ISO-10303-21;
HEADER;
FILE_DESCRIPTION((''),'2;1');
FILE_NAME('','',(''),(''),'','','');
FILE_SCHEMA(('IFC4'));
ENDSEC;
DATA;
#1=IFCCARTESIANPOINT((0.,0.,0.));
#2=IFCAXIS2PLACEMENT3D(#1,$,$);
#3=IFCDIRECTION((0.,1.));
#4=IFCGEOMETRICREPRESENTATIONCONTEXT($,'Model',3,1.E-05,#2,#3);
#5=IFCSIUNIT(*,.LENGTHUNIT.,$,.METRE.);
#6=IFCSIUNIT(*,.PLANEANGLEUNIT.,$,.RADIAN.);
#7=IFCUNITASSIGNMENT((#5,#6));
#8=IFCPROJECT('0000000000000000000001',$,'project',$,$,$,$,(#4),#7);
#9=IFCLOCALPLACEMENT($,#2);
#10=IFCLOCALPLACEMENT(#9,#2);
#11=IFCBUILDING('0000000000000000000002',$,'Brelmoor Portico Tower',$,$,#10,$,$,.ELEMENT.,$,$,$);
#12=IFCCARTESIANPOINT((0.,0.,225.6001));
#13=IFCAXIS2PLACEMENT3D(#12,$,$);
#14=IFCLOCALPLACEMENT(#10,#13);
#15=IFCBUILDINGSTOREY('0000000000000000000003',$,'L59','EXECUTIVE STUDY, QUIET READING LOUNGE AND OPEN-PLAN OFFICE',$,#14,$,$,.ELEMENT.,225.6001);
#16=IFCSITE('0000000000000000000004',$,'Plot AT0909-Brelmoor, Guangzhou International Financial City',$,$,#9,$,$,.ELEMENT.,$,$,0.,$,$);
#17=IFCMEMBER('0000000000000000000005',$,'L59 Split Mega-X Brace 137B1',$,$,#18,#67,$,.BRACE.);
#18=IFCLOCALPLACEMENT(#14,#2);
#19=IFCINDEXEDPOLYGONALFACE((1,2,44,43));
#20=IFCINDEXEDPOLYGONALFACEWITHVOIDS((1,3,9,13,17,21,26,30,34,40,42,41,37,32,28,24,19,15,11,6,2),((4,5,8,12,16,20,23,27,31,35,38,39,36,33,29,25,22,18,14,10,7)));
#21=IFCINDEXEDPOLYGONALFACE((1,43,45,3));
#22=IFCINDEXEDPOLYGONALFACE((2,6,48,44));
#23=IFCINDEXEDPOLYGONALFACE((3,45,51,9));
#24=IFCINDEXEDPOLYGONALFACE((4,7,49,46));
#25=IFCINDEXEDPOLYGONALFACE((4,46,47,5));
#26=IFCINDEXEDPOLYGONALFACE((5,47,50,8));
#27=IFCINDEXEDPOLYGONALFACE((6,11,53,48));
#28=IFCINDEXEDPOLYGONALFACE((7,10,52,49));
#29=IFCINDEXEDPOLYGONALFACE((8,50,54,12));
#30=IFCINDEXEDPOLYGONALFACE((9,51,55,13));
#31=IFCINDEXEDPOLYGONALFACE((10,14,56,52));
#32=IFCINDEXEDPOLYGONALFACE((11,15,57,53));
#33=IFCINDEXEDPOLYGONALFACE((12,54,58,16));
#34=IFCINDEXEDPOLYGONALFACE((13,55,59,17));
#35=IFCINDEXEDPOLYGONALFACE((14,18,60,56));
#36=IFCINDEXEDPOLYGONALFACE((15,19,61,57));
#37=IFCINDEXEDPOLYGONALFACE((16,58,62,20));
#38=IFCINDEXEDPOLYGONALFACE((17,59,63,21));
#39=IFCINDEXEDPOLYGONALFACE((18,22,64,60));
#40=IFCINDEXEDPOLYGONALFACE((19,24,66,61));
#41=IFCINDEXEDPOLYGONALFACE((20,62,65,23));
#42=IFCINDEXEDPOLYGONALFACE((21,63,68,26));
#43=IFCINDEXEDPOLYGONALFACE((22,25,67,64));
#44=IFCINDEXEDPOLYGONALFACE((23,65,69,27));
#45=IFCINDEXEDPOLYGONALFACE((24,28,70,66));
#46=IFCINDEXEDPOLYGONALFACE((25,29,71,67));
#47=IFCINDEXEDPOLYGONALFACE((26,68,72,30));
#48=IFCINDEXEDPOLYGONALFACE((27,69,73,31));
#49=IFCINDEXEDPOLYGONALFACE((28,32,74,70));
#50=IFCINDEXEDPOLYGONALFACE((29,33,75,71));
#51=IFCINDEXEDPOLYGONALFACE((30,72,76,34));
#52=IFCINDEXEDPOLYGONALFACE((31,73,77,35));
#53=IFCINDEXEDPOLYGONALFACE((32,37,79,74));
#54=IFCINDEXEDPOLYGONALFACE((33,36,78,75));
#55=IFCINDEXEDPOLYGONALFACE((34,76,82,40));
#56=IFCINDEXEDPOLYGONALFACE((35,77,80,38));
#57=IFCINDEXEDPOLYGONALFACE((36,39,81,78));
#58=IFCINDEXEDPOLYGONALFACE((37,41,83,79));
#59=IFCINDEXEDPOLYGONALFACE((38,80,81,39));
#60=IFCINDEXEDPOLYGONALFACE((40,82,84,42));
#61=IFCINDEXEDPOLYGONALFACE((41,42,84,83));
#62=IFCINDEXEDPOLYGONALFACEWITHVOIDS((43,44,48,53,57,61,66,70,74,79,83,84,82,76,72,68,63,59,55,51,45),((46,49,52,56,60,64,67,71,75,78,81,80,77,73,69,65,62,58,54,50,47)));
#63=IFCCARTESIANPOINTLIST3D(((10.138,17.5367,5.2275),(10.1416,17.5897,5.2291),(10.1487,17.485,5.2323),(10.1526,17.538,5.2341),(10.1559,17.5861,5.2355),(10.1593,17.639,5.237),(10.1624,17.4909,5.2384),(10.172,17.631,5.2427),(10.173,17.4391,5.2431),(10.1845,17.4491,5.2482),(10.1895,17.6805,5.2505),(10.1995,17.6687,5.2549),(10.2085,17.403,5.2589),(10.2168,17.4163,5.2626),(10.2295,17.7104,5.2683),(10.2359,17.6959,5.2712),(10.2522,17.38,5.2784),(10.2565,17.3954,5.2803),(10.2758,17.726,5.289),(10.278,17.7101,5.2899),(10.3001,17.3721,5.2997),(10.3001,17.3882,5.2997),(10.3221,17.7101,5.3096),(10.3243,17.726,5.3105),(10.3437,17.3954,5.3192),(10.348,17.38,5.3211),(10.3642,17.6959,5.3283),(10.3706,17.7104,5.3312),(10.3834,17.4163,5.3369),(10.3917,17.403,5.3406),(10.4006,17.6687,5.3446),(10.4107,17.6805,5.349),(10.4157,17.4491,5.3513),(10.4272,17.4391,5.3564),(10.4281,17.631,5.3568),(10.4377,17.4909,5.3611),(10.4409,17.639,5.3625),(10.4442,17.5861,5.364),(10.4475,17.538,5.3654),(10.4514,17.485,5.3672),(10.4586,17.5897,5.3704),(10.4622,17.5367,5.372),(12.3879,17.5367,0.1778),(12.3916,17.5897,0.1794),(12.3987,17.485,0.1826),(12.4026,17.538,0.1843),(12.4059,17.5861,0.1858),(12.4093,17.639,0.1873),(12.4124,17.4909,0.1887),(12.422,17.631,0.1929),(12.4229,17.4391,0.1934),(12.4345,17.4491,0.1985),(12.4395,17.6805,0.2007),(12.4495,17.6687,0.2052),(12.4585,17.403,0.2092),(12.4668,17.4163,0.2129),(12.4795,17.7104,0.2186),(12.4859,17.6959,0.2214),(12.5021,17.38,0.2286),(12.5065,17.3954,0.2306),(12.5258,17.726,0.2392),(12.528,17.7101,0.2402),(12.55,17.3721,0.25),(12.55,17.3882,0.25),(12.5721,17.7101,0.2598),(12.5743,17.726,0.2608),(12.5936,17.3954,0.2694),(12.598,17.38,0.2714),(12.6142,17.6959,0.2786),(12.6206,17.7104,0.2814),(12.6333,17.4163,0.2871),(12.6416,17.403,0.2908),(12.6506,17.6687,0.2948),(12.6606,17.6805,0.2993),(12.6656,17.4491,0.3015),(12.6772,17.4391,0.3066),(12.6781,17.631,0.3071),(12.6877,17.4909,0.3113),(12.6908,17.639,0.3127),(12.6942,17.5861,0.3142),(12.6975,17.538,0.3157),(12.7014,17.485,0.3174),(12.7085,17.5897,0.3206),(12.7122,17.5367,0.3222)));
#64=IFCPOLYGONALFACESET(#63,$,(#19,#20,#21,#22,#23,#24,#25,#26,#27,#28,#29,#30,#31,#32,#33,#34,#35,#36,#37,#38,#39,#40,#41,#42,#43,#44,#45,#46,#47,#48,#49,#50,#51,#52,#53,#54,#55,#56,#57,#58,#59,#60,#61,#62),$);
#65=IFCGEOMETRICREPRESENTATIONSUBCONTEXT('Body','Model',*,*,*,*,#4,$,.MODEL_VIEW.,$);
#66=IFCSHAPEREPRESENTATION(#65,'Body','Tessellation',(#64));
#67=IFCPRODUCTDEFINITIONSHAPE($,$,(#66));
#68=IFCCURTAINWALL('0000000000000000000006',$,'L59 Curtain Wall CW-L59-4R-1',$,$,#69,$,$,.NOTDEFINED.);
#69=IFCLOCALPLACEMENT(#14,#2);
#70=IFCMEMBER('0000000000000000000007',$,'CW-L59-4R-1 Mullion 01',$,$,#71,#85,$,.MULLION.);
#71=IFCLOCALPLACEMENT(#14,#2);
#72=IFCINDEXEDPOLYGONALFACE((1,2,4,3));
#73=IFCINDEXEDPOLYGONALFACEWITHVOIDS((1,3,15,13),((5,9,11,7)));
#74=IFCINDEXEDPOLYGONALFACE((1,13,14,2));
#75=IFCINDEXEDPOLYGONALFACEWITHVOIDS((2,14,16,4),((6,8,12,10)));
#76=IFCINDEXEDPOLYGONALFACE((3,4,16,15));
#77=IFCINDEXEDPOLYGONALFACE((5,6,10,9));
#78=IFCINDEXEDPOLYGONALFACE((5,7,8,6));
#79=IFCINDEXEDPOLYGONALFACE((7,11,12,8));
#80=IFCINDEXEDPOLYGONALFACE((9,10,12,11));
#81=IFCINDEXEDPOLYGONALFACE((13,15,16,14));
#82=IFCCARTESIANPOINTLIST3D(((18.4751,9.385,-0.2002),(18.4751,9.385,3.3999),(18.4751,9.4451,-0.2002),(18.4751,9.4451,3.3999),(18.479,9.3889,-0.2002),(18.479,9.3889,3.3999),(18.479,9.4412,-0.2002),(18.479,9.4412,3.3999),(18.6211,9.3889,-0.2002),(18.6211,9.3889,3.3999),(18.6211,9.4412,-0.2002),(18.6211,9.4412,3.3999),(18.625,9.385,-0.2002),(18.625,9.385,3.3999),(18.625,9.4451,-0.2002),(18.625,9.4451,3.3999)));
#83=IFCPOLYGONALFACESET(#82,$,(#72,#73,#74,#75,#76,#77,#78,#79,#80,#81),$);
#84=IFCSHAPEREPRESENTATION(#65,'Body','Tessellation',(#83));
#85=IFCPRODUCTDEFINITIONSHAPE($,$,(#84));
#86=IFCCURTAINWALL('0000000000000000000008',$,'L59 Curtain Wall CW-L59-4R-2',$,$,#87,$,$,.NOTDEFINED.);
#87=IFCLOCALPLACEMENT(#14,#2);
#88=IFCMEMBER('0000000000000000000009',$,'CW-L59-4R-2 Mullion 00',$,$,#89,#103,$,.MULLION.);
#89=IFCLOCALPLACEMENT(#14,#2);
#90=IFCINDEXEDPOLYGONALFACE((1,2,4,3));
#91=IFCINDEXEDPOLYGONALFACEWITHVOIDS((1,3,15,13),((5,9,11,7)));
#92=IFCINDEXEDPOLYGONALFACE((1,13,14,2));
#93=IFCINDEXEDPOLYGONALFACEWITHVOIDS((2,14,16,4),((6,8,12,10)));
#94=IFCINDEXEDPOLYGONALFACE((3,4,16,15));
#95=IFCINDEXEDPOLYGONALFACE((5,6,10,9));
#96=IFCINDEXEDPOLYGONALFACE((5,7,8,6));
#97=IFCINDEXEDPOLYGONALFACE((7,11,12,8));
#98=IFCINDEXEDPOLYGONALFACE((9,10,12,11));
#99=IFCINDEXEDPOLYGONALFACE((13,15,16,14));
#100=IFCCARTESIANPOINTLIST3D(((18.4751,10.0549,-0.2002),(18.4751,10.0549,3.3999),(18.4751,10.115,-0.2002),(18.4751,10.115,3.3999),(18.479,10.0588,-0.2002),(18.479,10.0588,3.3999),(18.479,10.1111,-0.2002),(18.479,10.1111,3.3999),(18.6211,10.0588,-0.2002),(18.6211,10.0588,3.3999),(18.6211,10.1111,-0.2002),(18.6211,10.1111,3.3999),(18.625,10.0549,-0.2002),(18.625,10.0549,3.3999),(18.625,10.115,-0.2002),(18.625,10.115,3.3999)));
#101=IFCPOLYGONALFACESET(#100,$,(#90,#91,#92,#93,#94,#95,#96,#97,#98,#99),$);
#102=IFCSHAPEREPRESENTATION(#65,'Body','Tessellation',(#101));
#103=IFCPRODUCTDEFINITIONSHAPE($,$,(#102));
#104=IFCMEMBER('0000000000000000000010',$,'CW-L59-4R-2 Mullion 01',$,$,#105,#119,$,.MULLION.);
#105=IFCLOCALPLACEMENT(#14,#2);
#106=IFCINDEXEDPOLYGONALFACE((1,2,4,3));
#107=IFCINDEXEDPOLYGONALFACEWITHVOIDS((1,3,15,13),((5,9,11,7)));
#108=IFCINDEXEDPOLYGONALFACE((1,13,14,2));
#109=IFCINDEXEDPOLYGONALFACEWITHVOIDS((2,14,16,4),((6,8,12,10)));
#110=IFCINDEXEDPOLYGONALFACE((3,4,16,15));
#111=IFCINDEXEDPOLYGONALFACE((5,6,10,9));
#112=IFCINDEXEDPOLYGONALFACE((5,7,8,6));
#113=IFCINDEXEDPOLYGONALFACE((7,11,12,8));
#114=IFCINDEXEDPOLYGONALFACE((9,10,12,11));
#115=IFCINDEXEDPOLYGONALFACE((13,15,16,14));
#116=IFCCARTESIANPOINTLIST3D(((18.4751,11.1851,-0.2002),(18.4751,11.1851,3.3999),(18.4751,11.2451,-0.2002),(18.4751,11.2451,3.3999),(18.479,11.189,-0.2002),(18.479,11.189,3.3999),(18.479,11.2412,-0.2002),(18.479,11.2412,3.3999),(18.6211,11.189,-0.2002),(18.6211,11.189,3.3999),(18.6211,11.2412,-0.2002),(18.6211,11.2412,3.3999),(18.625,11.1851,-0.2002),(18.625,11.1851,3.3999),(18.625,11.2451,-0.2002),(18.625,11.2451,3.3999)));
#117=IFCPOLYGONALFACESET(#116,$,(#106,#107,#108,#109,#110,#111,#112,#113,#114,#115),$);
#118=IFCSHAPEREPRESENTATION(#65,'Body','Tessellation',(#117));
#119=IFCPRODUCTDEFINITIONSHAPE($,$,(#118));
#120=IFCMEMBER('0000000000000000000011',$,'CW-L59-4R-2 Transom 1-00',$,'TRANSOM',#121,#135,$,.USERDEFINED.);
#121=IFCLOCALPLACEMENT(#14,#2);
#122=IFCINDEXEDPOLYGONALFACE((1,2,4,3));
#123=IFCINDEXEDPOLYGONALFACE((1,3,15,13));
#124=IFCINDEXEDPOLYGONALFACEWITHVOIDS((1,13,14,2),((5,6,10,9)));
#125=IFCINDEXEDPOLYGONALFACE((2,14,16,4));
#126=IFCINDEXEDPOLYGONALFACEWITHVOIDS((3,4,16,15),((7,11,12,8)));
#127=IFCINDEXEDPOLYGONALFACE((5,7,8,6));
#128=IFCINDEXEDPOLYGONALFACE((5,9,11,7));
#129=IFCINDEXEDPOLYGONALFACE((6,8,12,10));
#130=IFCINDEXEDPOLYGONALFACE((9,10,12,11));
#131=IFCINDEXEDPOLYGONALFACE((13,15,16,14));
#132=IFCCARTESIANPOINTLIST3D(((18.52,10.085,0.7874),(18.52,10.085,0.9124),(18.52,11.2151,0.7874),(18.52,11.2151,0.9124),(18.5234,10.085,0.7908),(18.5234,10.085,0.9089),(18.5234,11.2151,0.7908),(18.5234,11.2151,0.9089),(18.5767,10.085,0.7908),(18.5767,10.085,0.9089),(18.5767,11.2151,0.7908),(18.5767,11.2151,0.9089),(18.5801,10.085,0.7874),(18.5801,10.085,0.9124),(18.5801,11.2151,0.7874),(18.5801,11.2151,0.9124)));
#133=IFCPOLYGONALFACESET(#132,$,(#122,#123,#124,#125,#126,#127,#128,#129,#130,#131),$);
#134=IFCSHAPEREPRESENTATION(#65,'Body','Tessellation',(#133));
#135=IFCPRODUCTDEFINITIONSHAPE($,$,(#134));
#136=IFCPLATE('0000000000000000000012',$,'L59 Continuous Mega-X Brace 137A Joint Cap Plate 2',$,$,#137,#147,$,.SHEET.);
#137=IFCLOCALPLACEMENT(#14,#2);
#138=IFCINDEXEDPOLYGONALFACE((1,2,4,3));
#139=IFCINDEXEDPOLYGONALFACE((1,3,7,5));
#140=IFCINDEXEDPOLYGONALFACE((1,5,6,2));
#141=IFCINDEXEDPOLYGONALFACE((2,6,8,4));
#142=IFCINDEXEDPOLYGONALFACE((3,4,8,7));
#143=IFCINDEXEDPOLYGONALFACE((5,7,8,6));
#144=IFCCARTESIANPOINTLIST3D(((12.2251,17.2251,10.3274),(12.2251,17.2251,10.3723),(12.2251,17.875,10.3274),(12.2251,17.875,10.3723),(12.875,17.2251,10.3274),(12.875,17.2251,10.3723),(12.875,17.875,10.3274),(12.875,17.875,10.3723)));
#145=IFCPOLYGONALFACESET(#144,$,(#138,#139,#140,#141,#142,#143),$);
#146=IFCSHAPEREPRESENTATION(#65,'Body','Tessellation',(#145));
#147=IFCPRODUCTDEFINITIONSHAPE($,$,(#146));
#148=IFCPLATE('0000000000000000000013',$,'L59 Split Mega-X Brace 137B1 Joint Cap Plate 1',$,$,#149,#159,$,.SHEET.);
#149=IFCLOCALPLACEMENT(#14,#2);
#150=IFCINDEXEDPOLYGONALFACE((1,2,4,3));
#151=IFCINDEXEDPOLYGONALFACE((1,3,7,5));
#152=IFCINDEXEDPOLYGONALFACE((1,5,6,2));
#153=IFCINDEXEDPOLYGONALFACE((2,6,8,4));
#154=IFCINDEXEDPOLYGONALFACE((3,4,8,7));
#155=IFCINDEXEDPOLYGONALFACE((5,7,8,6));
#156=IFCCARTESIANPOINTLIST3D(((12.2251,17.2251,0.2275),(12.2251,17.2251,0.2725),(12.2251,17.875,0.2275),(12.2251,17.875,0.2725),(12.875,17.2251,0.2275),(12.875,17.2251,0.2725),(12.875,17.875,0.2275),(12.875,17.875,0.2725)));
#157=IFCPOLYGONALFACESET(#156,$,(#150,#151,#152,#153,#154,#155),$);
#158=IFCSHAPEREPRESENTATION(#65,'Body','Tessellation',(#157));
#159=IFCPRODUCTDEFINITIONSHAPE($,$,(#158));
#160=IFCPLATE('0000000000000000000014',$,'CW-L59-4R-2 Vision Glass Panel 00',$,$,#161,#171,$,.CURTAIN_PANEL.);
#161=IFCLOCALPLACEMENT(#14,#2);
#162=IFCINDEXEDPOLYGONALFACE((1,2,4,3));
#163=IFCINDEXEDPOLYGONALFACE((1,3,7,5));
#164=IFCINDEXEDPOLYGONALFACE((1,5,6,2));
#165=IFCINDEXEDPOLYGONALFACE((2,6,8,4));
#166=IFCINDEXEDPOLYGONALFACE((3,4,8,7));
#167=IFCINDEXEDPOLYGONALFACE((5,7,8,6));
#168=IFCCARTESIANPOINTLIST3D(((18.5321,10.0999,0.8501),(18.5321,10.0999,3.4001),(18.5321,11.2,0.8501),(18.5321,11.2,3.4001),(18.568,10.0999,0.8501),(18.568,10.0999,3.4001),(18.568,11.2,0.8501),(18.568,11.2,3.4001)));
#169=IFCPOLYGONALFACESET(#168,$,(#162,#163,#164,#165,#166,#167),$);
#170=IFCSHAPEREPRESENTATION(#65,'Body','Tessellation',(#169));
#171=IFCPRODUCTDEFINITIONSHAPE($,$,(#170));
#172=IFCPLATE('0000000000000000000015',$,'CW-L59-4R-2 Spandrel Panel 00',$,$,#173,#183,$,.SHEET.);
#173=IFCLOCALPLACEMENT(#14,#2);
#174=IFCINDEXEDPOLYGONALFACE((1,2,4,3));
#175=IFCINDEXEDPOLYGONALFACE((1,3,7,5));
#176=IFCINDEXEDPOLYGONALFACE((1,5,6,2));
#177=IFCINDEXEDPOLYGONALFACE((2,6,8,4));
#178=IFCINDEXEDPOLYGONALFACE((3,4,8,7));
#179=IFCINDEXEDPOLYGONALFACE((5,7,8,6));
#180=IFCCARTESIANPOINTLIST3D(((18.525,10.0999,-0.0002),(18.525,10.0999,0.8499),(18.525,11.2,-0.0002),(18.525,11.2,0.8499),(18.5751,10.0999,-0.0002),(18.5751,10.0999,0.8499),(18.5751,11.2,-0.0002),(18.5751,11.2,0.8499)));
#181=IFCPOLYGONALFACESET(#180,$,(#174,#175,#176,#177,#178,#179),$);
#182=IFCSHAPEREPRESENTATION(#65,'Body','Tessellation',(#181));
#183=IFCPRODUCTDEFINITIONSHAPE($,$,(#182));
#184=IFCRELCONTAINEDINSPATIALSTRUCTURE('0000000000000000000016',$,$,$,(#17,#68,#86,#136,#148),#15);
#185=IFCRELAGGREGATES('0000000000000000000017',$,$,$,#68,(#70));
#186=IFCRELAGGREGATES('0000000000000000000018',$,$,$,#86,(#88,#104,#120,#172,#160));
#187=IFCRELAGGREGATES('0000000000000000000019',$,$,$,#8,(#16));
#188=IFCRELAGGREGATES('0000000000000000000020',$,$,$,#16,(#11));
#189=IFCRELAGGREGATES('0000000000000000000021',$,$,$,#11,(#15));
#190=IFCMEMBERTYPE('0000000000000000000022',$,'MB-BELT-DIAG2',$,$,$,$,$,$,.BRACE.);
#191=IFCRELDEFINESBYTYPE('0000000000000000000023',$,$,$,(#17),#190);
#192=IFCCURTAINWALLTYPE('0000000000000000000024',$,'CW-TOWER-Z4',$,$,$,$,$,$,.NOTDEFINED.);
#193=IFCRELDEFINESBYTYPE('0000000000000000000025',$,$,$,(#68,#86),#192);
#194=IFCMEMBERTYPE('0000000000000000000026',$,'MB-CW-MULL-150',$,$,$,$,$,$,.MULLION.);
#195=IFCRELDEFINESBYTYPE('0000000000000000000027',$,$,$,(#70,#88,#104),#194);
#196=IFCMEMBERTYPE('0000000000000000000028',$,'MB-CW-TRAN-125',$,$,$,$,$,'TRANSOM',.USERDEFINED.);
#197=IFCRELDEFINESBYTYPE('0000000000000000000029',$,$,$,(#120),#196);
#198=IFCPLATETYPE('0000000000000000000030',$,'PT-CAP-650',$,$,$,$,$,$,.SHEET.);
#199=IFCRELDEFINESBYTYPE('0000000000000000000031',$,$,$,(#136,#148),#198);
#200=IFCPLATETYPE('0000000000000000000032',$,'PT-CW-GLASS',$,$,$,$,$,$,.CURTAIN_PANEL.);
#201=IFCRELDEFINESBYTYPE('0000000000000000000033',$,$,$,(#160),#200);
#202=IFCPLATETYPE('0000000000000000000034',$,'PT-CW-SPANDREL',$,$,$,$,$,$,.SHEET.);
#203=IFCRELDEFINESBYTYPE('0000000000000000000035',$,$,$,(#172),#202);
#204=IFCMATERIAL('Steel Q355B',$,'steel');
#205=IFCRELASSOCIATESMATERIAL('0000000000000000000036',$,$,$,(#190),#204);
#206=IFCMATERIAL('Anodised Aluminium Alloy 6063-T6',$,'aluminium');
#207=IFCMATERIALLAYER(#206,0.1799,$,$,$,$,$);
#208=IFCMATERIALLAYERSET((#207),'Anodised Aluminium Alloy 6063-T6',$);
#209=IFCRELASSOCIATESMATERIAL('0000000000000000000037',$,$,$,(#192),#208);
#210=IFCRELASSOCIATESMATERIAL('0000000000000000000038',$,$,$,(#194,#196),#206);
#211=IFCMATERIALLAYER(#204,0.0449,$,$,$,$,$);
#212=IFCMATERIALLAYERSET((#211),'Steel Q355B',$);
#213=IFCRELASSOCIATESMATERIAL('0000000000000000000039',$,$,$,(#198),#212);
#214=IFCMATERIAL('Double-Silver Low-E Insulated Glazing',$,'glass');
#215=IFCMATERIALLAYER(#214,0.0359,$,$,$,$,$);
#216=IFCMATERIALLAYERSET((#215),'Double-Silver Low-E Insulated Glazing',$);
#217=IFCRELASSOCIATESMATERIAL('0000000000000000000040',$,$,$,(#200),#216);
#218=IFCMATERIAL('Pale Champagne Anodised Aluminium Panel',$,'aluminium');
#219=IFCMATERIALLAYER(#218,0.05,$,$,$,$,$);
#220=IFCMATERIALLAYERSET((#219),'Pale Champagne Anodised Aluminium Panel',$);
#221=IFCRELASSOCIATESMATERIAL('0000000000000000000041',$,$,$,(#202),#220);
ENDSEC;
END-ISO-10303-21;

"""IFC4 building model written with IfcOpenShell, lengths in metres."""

from ifc_helpers import new_model, si_unit, direction, frame, origin, origin_2d, place, context, subcontext, project, spatial, rectangle, hollow_rectangle, hollow_circle, extrude, material, layer, layer_set, material_profile, profile_set, type_object, element, aggregate, save


model = new_model("IFC4")

# Units and contexts
model_context = context("Model", 3, precision=1e-05, world=origin(), true_north=direction((0.0, 1.0)))
body_context = subcontext(model_context, "Body", "Model", "MODEL_VIEW")
ifc_project = project(units=[si_unit("LENGTHUNIT", "METRE"), si_unit("PLANEANGLEUNIT", "RADIAN")], contexts=[model_context])

# Site, building, storey
site_placement = place(None, origin())
site = spatial("IfcSite", under=ifc_project, at=site_placement, Name="Plot AT0909-Brelmoor, Guangzhou International Financial City", CompositionType="ELEMENT", RefElevation=0.0)
building_placement = place(site_placement, origin())
building = spatial("IfcBuilding", under=site, at=building_placement, Name="Brelmoor Portico Tower", CompositionType="ELEMENT")
storey_placement = place(building_placement, frame((0.0, 0.0, 225.6001)))
storey = spatial("IfcBuildingStorey", under=building, at=storey_placement, Name="L59", Description="EXECUTIVE STUDY, QUIET READING LOUNGE AND OPEN-PLAN OFFICE", CompositionType="ELEMENT", Elevation=225.6001)

# Shared definitions
ifc_material_1 = material(Name="Steel Q355B", Category="steel")

# Member
ifc_material_profile_1 = material_profile(ifc_material_1, hollow_circle(Radius=0.178, WallThickness=0.0161, at=origin_2d()), Name="CHS 356x16")
ifc_profile_set_1 = profile_set([ifc_material_profile_1], Name="Steel Q355B")
member_type_1 = type_object("IfcMemberType", Name="MB-BELT-DIAG2", PredefinedType="BRACE", material=ifc_profile_set_1)
member_1_placement = place(storey_placement, frame((12.55, 17.55, 0.25), z_axis=(-0.406991, 0.0, 0.913432), x_axis=(0.0, -1.0, 0.0)))
element("IfcMember", 1, at=member_1_placement, inside=storey, type_object=member_type_1, Name="L59 Split Mega-X Brace 137B1", PredefinedType="BRACE", context=body_context, shape_type="SweptSolid", body=[
    extrude(hollow_circle(Radius=0.178, WallThickness=0.0161, at=origin_2d()), origin(), (0.0, 0.0, 1.0), 5.5283),
])

# Curtain wall, member
ifc_material_2 = material(Name="Anodised Aluminium Alloy 6063-T6", Category="aluminium")
ifc_layer_1 = layer(ifc_material_2, 0.1799)
ifc_layer_set_1 = layer_set([ifc_layer_1], Name="Anodised Aluminium Alloy 6063-T6")
curtain_wall_type = type_object("IfcCurtainWallType", Name="CW-TOWER-Z4", PredefinedType="NOTDEFINED", material=ifc_layer_set_1)
curtain_wall_1_placement = place(storey_placement, origin())
curtain_wall_1 = element("IfcCurtainWall", 2, at=curtain_wall_1_placement, inside=storey, type_object=curtain_wall_type, Name="L59 Curtain Wall CW-L59-4R-1", PredefinedType="NOTDEFINED")
ifc_material_profile_2 = material_profile(ifc_material_2, hollow_rectangle(XDim=0.0601, YDim=0.1499, WallThickness=0.0039, at=origin_2d()), Name="ALU MULLION 60x150")
ifc_profile_set_2 = profile_set([ifc_material_profile_2], Name="Anodised Aluminium Alloy 6063-T6")
member_type_2 = type_object("IfcMemberType", Name="MB-CW-MULL-150", PredefinedType="MULLION", material=ifc_profile_set_2)
member_2_placement = place(storey_placement, frame((18.55, 9.415, -0.2002), z_axis=(0.0, 0.0, 1.0), x_axis=(0.0, 1.0, 0.0)))
member_2 = element("IfcMember", 3, at=member_2_placement, type_object=member_type_2, Name="CW-L59-4R-1 Mullion 01", PredefinedType="MULLION", context=body_context, shape_type="SweptSolid", body=[
    extrude(hollow_rectangle(XDim=0.0601, YDim=0.1499, WallThickness=0.0039, at=origin_2d()), origin(), (0.0, 0.0, 1.0), 3.6001),
])
aggregate(curtain_wall_1, [member_2])

# Curtain wall, members
curtain_wall_2_placement = place(storey_placement, origin())
curtain_wall_2 = element("IfcCurtainWall", 4, at=curtain_wall_2_placement, inside=storey, type_object=curtain_wall_type, Name="L59 Curtain Wall CW-L59-4R-2", PredefinedType="NOTDEFINED")
member_3_placement = place(storey_placement, frame((18.55, 10.085, -0.2002), z_axis=(0.0, 0.0, 1.0), x_axis=(0.0, 1.0, 0.0)))
member_3 = element("IfcMember", 5, at=member_3_placement, type_object=member_type_2, Name="CW-L59-4R-2 Mullion 00", PredefinedType="MULLION", context=body_context, shape_type="SweptSolid", body=[
    extrude(hollow_rectangle(XDim=0.0601, YDim=0.1499, WallThickness=0.0039, at=origin_2d()), origin(), (0.0, 0.0, 1.0), 3.6001),
])
member_4_placement = place(storey_placement, frame((18.55, 11.2151, -0.2002), z_axis=(0.0, 0.0, 1.0), x_axis=(0.0, 1.0, 0.0)))
member_4 = element("IfcMember", 6, at=member_4_placement, type_object=member_type_2, Name="CW-L59-4R-2 Mullion 01", PredefinedType="MULLION", context=body_context, shape_type="SweptSolid", body=[
    extrude(hollow_rectangle(XDim=0.0601, YDim=0.1499, WallThickness=0.0039, at=origin_2d()), origin(), (0.0, 0.0, 1.0), 3.6001),
])
ifc_material_profile_3 = material_profile(ifc_material_2, hollow_rectangle(XDim=0.0601, YDim=0.125, WallThickness=0.0034, at=origin_2d()), Name="ALU TRANSOM 60x125")
ifc_profile_set_3 = profile_set([ifc_material_profile_3], Name="Anodised Aluminium Alloy 6063-T6")
member_type_3 = type_object("IfcMemberType", Name="MB-CW-TRAN-125", ElementType="TRANSOM", PredefinedType="USERDEFINED", material=ifc_profile_set_3)
member_5_placement = place(storey_placement, frame((18.55, 10.085, 0.8499), z_axis=(0.0, 1.0, 0.0), x_axis=(-1.0, 0.0, 0.0)))
member_5 = element("IfcMember", 7, at=member_5_placement, type_object=member_type_3, Name="CW-L59-4R-2 Transom 1-00", ObjectType="TRANSOM", PredefinedType="USERDEFINED", context=body_context, shape_type="SweptSolid", body=[
    extrude(hollow_rectangle(XDim=0.0601, YDim=0.125, WallThickness=0.0034, at=origin_2d()), origin(), (0.0, 0.0, 1.0), 1.1301),
])

# Plates
ifc_layer_2 = layer(ifc_material_1, 0.0449)
ifc_layer_set_2 = layer_set([ifc_layer_2], Name="Steel Q355B")
plate_type_1 = type_object("IfcPlateType", Name="PT-CAP-650", PredefinedType="SHEET", material=ifc_layer_set_2)
for number, where, z_axis, x_axis, name in (
    (8, (12.55, 17.55, 10.3274), (0.0, 0.0, 1.0), (1.0, 0.0, 0.0), "L59 Continuous Mega-X Brace 137A Joint Cap Plate 2"),
    (9, (12.55, 17.55, 0.2275), (0.0, 0.0, 1.0), (1.0, 0.0, 0.0), "L59 Split Mega-X Brace 137B1 Joint Cap Plate 1"),
):
    element("IfcPlate", number, at=place(storey_placement, frame(where, z_axis=z_axis, x_axis=x_axis)), inside=storey, type_object=plate_type_1, Name=name, PredefinedType="SHEET", context=body_context, shape_type="SweptSolid", body=[
        extrude(rectangle(XDim=0.6499, YDim=0.6499, at=origin_2d()), origin(), (0.0, 0.0, 1.0), 0.0449),
    ])

# Plates
ifc_material_3 = material(Name="Double-Silver Low-E Insulated Glazing", Category="glass")
ifc_layer_3 = layer(ifc_material_3, 0.0359)
ifc_layer_set_3 = layer_set([ifc_layer_3], Name="Double-Silver Low-E Insulated Glazing")
plate_type_2 = type_object("IfcPlateType", Name="PT-CW-GLASS", PredefinedType="CURTAIN_PANEL", material=ifc_layer_set_3)
plate_1_placement = place(storey_placement, frame((18.55, 10.6499, 0.8501), z_axis=(0.0, 0.0, 1.0), x_axis=(0.0, 1.0, 0.0)))
plate_1 = element("IfcPlate", 10, at=plate_1_placement, type_object=plate_type_2, Name="CW-L59-4R-2 Vision Glass Panel 00", PredefinedType="CURTAIN_PANEL", context=body_context, shape_type="SweptSolid", body=[
    extrude(rectangle(XDim=1.1001, YDim=0.0359, at=origin_2d()), origin(), (0.0, 0.0, 1.0), 2.55),
])
ifc_material_4 = material(Name="Pale Champagne Anodised Aluminium Panel", Category="aluminium")
ifc_layer_4 = layer(ifc_material_4, 0.05)
ifc_layer_set_4 = layer_set([ifc_layer_4], Name="Pale Champagne Anodised Aluminium Panel")
plate_type_3 = type_object("IfcPlateType", Name="PT-CW-SPANDREL", PredefinedType="SHEET", material=ifc_layer_set_4)
plate_2_placement = place(storey_placement, frame((18.55, 10.6499, -0.0002), z_axis=(0.0, 0.0, 1.0), x_axis=(0.0, 1.0, 0.0)))
plate_2 = element("IfcPlate", 11, at=plate_2_placement, type_object=plate_type_3, Name="CW-L59-4R-2 Spandrel Panel 00", PredefinedType="SHEET", context=body_context, shape_type="SweptSolid", body=[
    extrude(rectangle(XDim=1.1001, YDim=0.05, at=origin_2d()), origin(), (0.0, 0.0, 1.0), 0.8501),
])
aggregate(curtain_wall_2, [member_3, member_4, member_5, plate_2, plate_1])

save(model, "model.ifc")
